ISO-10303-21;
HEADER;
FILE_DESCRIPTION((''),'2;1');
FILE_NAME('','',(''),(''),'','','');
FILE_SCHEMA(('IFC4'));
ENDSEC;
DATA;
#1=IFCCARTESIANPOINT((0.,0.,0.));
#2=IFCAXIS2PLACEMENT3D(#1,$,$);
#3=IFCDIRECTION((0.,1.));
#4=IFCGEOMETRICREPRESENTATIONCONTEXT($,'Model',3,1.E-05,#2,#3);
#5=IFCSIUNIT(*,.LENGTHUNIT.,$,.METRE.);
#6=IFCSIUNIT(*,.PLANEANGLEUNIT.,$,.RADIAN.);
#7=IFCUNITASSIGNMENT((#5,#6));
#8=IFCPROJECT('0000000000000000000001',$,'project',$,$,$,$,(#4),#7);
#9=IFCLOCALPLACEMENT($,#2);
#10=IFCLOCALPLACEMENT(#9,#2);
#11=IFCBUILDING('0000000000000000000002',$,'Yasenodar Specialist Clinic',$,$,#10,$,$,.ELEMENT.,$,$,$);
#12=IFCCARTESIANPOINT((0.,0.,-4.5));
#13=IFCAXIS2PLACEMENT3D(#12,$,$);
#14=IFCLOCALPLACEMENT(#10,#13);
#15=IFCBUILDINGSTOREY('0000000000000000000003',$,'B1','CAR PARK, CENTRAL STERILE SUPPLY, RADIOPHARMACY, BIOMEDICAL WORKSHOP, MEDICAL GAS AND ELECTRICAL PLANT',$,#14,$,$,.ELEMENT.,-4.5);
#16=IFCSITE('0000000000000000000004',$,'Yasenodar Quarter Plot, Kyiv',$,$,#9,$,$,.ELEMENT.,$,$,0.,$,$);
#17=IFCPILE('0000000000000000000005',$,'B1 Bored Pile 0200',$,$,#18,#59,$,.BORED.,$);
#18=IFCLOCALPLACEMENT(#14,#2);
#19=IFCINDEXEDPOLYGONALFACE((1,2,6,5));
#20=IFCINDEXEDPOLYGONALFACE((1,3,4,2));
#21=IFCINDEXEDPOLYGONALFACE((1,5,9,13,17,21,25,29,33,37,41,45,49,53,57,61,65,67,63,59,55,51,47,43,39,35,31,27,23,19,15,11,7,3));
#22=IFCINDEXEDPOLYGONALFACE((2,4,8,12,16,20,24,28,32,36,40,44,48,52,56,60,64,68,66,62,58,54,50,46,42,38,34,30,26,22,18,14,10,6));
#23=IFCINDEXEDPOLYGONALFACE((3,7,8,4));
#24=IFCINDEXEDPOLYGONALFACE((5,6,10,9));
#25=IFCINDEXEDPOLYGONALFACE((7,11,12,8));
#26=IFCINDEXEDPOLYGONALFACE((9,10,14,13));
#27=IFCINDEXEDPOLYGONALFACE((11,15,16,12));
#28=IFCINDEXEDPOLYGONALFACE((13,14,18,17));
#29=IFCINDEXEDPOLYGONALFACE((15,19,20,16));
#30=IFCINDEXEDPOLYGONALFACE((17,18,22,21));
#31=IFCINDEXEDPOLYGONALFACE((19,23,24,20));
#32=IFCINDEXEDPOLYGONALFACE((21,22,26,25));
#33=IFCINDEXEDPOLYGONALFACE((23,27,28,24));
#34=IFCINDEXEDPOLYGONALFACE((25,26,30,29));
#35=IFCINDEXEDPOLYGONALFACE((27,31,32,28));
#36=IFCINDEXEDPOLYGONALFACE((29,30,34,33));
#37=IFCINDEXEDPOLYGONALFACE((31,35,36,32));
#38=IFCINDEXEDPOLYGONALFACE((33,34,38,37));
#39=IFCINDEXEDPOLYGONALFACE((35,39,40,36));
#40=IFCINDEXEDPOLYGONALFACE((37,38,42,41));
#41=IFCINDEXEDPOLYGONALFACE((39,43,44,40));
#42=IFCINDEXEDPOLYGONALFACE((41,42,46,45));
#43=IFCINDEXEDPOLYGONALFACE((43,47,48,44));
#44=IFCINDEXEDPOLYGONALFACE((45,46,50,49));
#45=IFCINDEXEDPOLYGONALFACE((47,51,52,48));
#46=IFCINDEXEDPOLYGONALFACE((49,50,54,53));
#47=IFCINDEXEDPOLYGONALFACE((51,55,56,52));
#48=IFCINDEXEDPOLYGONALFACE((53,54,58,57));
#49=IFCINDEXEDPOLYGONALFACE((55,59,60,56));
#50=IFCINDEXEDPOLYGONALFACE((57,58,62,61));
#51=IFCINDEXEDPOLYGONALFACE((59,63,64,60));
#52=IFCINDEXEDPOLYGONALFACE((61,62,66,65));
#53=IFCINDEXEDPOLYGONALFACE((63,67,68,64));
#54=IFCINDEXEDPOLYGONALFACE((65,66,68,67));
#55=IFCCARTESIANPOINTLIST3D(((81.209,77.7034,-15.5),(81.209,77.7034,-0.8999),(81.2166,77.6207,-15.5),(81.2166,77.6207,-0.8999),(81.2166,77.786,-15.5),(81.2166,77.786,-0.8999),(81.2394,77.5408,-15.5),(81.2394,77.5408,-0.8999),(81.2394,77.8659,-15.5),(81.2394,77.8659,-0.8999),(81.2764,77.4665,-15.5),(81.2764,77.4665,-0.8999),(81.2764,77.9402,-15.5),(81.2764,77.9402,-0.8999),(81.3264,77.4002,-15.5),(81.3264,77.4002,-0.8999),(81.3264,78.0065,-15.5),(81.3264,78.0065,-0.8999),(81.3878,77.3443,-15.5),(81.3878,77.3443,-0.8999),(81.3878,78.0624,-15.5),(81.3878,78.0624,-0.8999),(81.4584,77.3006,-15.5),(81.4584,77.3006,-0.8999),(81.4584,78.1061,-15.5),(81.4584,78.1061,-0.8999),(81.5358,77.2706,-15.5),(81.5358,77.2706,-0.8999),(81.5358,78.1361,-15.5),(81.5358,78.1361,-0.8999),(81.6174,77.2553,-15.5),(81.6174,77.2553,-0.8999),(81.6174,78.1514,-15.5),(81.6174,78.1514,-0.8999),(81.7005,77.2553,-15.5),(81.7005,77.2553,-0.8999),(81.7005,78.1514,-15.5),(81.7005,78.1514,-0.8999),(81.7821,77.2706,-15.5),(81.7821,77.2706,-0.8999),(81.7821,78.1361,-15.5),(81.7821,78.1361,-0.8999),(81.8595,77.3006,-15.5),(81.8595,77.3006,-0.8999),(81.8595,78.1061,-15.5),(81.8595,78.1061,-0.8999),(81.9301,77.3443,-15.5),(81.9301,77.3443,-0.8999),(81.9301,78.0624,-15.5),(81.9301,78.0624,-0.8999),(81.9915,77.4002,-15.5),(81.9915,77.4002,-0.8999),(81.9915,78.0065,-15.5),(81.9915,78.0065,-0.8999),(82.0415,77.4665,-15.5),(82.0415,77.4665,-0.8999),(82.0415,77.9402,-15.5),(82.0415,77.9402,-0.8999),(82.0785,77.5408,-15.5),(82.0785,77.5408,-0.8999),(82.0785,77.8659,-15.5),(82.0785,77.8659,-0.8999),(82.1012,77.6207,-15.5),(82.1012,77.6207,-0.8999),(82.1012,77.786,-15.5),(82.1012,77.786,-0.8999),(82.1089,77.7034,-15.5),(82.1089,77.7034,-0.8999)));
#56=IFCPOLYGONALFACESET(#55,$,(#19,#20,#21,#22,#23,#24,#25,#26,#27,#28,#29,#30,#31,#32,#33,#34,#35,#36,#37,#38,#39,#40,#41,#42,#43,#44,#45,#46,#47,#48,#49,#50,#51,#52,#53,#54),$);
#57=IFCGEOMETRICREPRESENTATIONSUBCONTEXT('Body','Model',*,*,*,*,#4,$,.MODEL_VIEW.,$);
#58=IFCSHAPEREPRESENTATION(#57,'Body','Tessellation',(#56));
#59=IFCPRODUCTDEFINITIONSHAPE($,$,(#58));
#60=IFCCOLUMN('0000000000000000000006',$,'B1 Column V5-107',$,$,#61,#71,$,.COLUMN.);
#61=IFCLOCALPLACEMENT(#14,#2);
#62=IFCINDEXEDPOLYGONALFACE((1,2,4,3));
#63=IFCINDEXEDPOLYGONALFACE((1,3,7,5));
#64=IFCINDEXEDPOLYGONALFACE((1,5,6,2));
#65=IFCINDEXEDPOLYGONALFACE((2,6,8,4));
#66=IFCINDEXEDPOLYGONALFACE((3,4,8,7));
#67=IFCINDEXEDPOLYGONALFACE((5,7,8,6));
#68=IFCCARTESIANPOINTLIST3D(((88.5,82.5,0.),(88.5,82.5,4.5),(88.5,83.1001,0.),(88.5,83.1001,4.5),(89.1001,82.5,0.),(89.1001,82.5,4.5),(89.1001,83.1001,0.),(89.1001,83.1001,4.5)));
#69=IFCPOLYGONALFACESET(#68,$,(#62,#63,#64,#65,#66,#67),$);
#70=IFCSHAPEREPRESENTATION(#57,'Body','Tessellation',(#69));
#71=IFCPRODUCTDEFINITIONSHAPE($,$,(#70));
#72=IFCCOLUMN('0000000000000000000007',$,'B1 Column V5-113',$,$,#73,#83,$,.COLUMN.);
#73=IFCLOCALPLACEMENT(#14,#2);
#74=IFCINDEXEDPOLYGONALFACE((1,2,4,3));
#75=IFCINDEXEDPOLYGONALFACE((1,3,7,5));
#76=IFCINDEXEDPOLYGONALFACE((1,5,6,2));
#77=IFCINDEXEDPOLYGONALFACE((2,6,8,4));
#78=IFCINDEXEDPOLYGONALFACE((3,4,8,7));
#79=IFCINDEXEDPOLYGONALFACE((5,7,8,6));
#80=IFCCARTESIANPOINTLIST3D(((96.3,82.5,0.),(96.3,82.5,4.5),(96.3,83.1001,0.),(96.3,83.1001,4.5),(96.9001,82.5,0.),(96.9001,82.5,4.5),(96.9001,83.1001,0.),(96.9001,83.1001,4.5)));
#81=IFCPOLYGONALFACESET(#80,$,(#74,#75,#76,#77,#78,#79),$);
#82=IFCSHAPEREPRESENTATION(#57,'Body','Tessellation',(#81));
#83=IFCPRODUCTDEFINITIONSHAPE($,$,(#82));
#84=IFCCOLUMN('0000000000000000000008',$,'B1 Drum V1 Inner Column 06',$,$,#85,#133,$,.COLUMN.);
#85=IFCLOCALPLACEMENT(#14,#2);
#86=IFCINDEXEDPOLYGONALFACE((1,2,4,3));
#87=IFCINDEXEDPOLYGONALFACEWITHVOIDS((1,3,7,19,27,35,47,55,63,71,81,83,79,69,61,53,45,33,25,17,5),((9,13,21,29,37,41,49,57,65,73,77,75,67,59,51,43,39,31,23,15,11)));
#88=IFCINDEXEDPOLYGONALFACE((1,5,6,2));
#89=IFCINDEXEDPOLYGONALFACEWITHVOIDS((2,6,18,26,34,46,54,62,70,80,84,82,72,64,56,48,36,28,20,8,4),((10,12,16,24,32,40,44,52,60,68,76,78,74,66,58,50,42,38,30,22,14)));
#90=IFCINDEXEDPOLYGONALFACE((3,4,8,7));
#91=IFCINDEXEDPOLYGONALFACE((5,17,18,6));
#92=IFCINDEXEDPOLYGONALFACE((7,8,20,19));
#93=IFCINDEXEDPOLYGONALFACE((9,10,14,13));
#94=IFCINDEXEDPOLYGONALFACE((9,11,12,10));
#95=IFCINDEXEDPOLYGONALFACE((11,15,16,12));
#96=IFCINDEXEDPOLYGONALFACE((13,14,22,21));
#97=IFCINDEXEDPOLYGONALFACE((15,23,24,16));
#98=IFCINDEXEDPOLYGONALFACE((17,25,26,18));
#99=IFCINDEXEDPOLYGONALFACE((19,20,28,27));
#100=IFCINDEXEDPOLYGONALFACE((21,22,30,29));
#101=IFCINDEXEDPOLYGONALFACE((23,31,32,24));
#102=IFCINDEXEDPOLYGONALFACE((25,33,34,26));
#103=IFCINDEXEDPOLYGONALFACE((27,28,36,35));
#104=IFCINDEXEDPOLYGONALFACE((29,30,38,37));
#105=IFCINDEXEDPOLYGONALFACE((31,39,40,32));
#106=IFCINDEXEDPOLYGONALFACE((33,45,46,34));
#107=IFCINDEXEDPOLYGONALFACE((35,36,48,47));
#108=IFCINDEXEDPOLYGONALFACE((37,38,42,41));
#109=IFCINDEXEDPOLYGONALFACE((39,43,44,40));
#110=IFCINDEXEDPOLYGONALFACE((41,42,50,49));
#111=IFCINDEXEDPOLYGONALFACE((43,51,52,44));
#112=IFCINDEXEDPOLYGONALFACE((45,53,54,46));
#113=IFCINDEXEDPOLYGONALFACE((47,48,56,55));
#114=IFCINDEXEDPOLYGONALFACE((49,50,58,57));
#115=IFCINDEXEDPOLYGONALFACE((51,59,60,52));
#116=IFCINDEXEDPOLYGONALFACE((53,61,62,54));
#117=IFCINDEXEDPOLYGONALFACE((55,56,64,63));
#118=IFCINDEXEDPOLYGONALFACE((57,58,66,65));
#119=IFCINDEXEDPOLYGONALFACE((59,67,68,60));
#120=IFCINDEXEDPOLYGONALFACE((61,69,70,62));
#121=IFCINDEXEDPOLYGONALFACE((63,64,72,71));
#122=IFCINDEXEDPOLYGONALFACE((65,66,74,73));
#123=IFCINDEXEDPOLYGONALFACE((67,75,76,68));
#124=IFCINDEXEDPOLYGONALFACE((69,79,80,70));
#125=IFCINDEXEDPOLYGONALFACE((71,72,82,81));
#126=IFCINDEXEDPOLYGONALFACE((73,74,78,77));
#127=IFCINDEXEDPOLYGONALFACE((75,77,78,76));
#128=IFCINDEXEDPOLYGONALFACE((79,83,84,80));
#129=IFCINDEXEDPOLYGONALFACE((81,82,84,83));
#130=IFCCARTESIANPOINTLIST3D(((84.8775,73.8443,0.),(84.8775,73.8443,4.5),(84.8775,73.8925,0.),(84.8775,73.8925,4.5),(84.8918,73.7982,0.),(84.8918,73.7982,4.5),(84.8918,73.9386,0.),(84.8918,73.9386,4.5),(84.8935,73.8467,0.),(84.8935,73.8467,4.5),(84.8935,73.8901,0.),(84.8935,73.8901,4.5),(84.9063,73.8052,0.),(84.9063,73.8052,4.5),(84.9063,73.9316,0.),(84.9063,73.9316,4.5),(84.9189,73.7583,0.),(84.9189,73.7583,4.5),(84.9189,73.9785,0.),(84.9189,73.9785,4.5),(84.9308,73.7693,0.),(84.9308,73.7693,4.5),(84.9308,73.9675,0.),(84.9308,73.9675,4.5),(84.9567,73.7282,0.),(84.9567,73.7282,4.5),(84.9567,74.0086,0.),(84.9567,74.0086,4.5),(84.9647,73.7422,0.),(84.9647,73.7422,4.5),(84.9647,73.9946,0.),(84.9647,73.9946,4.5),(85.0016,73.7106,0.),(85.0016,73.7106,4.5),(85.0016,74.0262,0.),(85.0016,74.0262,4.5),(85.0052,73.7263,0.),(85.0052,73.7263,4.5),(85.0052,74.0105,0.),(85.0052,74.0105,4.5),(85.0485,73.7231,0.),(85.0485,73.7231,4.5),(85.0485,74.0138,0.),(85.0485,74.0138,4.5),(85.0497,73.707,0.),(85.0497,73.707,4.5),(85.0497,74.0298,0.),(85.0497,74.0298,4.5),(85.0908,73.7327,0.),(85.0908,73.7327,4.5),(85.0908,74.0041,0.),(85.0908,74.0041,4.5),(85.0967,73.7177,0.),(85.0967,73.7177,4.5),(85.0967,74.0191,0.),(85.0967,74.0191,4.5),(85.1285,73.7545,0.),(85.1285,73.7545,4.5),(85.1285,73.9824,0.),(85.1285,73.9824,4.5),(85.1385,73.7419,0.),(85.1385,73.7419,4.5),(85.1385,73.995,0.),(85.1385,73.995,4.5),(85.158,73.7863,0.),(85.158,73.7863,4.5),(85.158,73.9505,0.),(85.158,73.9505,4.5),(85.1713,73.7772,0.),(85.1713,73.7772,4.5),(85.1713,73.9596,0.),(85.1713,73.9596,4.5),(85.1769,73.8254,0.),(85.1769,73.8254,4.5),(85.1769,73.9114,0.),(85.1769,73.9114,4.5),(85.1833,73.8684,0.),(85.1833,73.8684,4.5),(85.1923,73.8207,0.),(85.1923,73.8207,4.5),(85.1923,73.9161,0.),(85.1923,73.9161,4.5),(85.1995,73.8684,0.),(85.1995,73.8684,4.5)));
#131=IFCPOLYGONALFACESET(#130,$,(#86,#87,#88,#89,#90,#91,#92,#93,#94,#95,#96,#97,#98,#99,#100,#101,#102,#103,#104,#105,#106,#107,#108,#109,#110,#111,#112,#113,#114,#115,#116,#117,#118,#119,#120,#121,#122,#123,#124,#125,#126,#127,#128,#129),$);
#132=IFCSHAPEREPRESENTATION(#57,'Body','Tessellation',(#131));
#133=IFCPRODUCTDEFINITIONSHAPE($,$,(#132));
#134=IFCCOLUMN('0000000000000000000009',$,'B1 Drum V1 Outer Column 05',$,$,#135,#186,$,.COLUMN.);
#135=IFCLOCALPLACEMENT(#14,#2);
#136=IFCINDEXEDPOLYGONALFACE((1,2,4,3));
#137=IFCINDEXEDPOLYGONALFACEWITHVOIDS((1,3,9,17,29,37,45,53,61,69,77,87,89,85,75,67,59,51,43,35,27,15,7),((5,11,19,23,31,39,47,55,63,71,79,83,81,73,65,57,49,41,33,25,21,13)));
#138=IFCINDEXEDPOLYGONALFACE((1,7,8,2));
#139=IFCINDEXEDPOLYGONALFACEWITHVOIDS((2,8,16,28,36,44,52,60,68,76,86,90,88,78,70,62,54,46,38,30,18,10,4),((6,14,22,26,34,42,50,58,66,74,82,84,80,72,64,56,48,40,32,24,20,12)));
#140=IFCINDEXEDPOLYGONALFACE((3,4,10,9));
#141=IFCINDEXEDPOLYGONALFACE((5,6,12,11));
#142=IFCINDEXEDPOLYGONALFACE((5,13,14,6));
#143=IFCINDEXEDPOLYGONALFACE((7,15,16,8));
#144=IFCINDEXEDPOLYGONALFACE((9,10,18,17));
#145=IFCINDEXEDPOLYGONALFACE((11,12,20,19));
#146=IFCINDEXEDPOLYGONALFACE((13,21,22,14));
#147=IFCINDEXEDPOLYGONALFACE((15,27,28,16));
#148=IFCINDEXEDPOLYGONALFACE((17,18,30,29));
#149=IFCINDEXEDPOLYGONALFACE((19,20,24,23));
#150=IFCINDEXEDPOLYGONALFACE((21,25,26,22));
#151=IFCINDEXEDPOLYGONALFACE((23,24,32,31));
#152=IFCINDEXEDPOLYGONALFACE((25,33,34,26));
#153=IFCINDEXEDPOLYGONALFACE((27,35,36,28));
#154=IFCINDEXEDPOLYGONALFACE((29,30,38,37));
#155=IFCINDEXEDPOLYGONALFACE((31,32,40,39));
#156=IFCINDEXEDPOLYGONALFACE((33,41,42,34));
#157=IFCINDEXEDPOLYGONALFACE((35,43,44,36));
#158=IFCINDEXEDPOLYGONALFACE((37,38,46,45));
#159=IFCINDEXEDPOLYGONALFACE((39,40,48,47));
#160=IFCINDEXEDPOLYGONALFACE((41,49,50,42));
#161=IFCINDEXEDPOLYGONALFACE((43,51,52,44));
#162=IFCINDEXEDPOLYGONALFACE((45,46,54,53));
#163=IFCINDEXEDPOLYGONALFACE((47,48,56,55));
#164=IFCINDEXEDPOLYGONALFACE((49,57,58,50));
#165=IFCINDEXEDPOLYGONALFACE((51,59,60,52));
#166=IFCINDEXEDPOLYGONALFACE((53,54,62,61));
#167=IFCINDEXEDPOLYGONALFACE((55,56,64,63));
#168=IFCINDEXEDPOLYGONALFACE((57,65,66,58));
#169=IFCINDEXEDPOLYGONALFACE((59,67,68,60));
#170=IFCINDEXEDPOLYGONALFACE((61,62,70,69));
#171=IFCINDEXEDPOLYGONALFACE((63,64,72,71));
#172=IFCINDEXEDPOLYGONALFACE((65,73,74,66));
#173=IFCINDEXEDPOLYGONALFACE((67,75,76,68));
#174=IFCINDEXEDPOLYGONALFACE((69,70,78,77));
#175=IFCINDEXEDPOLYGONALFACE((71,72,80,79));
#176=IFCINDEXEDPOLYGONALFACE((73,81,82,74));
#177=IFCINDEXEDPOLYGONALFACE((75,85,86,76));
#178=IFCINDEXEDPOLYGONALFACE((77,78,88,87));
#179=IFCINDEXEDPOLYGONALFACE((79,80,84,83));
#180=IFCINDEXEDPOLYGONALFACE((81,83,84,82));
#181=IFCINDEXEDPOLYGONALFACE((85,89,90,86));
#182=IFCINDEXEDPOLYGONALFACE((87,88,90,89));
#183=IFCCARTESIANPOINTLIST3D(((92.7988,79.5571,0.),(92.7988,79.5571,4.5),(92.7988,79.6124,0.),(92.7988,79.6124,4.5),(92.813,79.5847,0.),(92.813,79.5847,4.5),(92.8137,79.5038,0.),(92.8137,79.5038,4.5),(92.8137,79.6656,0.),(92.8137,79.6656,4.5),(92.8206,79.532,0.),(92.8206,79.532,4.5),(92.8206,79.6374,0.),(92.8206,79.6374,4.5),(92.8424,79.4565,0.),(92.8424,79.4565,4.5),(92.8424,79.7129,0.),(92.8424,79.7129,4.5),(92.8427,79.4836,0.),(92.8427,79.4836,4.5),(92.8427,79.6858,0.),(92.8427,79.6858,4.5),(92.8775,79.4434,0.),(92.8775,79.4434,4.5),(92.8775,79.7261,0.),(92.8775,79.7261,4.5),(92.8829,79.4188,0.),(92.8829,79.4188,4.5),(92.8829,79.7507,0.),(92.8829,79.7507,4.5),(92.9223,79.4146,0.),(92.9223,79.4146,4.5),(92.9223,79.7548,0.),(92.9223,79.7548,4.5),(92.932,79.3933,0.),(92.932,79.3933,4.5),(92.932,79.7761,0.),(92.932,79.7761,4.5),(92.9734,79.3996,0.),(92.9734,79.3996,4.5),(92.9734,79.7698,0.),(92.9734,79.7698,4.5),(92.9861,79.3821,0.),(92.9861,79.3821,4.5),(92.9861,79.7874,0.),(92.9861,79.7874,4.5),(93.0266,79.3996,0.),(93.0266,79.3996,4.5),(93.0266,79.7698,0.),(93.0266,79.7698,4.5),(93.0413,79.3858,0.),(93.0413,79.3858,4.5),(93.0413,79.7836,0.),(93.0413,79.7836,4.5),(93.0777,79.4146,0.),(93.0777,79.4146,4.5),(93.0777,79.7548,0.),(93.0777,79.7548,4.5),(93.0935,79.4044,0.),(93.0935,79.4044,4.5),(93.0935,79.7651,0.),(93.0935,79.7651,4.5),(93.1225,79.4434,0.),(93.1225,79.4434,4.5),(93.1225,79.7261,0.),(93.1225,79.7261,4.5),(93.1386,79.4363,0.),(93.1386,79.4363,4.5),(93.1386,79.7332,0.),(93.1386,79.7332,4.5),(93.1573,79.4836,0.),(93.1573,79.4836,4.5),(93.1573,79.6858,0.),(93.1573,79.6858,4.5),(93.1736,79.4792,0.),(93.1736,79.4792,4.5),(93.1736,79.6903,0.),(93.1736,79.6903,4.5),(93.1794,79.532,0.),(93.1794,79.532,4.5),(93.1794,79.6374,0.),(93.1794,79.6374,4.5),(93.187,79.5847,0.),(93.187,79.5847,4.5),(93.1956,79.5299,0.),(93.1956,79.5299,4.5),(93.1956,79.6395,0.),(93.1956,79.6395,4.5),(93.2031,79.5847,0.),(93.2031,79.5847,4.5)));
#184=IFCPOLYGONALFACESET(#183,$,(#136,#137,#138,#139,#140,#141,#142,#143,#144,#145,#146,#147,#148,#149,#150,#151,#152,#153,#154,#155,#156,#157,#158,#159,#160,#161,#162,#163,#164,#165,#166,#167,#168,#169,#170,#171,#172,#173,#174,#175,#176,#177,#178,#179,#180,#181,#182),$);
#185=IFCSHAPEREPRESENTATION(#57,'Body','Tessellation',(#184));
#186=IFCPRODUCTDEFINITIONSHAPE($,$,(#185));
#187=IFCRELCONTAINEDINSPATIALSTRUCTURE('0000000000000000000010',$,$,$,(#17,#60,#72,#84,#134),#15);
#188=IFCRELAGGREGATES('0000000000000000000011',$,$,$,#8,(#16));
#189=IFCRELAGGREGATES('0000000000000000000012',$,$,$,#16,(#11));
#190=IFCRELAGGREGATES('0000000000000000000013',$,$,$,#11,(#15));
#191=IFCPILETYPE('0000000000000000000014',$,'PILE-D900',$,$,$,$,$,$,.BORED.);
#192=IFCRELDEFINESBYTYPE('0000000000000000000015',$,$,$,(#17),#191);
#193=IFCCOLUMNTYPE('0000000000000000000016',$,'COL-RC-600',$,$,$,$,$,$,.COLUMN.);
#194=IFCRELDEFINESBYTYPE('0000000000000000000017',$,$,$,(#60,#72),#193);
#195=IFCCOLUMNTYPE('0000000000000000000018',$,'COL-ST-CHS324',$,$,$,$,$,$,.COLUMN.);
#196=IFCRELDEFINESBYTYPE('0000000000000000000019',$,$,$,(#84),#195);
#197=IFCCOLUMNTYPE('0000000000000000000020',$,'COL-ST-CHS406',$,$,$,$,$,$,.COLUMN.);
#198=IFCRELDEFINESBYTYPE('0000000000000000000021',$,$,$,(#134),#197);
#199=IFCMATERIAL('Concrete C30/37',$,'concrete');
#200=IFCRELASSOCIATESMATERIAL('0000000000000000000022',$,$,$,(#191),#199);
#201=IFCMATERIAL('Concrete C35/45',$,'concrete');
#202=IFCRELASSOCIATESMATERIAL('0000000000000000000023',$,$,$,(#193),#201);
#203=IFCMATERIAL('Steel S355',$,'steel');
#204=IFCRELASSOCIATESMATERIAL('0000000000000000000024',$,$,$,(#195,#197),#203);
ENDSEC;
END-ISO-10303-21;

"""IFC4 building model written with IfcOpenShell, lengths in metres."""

from ifc_helpers import new_model, si_unit, direction, frame, origin, origin_2d, place, context, subcontext, project, spatial, rectangle, circle, hollow_circle, extrude, material, material_profile, profile_set, type_object, element, save


model = new_model("IFC4")

# Units and contexts
model_context = context("Model", 3, precision=1e-05, world=origin(), true_north=direction((0.0, 1.0)))
body_context = subcontext(model_context, "Body", "Model", "MODEL_VIEW")
ifc_project = project(units=[si_unit("LENGTHUNIT", "METRE"), si_unit("PLANEANGLEUNIT", "RADIAN")], contexts=[model_context])

# Site, building, storey
site_placement = place(None, origin())
site = spatial("IfcSite", under=ifc_project, at=site_placement, Name="Yasenodar Quarter Plot, Kyiv", CompositionType="ELEMENT", RefElevation=0.0)
building_placement = place(site_placement, origin())
building = spatial("IfcBuilding", under=site, at=building_placement, Name="Yasenodar Specialist Clinic", CompositionType="ELEMENT")
storey_placement = place(building_placement, frame((0.0, 0.0, -4.5)))
storey = spatial("IfcBuildingStorey", under=building, at=storey_placement, Name="B1", Description="CAR PARK, CENTRAL STERILE SUPPLY, RADIOPHARMACY, BIOMEDICAL WORKSHOP, MEDICAL GAS AND ELECTRICAL PLANT", CompositionType="ELEMENT", Elevation=-4.5)

# Shared definitions
ifc_material_1 = material(Name="Concrete C35/45", Category="concrete")

# Pile
ifc_material_2 = material(Name="Concrete C30/37", Category="concrete")
ifc_material_profile_1 = material_profile(ifc_material_2, circle(Radius=0.45, at=origin_2d()), Name="PILE D900")
ifc_profile_set_1 = profile_set([ifc_material_profile_1], Name="Concrete C30/37")
pile_type_1 = type_object("IfcPileType", Name="PILE-D900", PredefinedType="BORED", material=ifc_profile_set_1)
pile_1_placement = place(storey_placement, frame((81.6589, 77.7034, -0.8999), z_axis=(0.0, 0.0, -1.0), x_axis=(1.0, 0.0, 0.0)))
element("IfcPile", 1, at=pile_1_placement, inside=storey, type_object=pile_type_1, Name="B1 Bored Pile 0200", PredefinedType="BORED", context=body_context, shape_type="SweptSolid", body=[
    extrude(circle(Radius=0.45, at=origin_2d()), origin(), (0.0, 0.0, 1.0), 14.6001),
])

# Columns
ifc_material_profile_2 = material_profile(ifc_material_1, rectangle(XDim=0.6001, YDim=0.6001, at=origin_2d()), Name="RC 600x600")
ifc_profile_set_2 = profile_set([ifc_material_profile_2], Name="Concrete C35/45")
column_type_1 = type_object("IfcColumnType", Name="COL-RC-600", PredefinedType="COLUMN", material=ifc_profile_set_2)
for number, where, z_axis, x_axis, name in (
    (2, (88.8, 82.8, 0.0), (0.0, 0.0, 1.0), (1.0, 0.0, 0.0), "B1 Column V5-107"),
    (3, (96.6001, 82.8, 0.0), (0.0, 0.0, 1.0), (1.0, 0.0, 0.0), "B1 Column V5-113"),
):
    element("IfcColumn", number, at=place(storey_placement, frame(where, z_axis=z_axis, x_axis=x_axis)), inside=storey, type_object=column_type_1, Name=name, PredefinedType="COLUMN", context=body_context, shape_type="SweptSolid", body=[
        extrude(rectangle(XDim=0.6001, YDim=0.6001, at=origin_2d()), origin(), (0.0, 0.0, 1.0), 4.5),
    ])
ifc_material_3 = material(Name="Steel S355", Category="steel")
ifc_material_profile_3 = material_profile(ifc_material_3, hollow_circle(Radius=0.1619, WallThickness=0.0161, at=origin_2d()), Name="CHS 323.9x16")
ifc_profile_set_3 = profile_set([ifc_material_profile_3], Name="Steel S355")
column_type_2 = type_object("IfcColumnType", Name="COL-ST-CHS324", PredefinedType="COLUMN", material=ifc_profile_set_3)
column_placement = place(storey_placement, frame((85.0376, 73.8684, 0.0), z_axis=(0.0, 0.0, 1.0), x_axis=(1.0, 0.0, 0.0)))
element("IfcColumn", 4, at=column_placement, inside=storey, type_object=column_type_2, Name="B1 Drum V1 Inner Column 06", PredefinedType="COLUMN", context=body_context, shape_type="SweptSolid", body=[
    extrude(hollow_circle(Radius=0.1619, WallThickness=0.0161, at=origin_2d()), origin(), (0.0, 0.0, 1.0), 4.5),
])
ifc_material_profile_4 = material_profile(ifc_material_3, hollow_circle(Radius=0.2031, WallThickness=0.0161, at=origin_2d()), Name="CHS 406.4x16")
ifc_profile_set_4 = profile_set([ifc_material_profile_4], Name="Steel S355")
column_type_3 = type_object("IfcColumnType", Name="COL-ST-CHS406", PredefinedType="COLUMN", material=ifc_profile_set_4)
for number, where, z_axis, x_axis, name in (
    (5, (93.0, 79.5847, 0.0), (0.0, 0.0, 1.0), (1.0, 0.0, 0.0), "B1 Drum V1 Outer Column 05"),
):
    element("IfcColumn", number, at=place(storey_placement, frame(where, z_axis=z_axis, x_axis=x_axis)), inside=storey, type_object=column_type_3, Name=name, PredefinedType="COLUMN", context=body_context, shape_type="SweptSolid", body=[
        extrude(hollow_circle(Radius=0.2031, WallThickness=0.0161, at=origin_2d()), origin(), (0.0, 0.0, 1.0), 4.5),
    ])

save(model, "model.ifc")
